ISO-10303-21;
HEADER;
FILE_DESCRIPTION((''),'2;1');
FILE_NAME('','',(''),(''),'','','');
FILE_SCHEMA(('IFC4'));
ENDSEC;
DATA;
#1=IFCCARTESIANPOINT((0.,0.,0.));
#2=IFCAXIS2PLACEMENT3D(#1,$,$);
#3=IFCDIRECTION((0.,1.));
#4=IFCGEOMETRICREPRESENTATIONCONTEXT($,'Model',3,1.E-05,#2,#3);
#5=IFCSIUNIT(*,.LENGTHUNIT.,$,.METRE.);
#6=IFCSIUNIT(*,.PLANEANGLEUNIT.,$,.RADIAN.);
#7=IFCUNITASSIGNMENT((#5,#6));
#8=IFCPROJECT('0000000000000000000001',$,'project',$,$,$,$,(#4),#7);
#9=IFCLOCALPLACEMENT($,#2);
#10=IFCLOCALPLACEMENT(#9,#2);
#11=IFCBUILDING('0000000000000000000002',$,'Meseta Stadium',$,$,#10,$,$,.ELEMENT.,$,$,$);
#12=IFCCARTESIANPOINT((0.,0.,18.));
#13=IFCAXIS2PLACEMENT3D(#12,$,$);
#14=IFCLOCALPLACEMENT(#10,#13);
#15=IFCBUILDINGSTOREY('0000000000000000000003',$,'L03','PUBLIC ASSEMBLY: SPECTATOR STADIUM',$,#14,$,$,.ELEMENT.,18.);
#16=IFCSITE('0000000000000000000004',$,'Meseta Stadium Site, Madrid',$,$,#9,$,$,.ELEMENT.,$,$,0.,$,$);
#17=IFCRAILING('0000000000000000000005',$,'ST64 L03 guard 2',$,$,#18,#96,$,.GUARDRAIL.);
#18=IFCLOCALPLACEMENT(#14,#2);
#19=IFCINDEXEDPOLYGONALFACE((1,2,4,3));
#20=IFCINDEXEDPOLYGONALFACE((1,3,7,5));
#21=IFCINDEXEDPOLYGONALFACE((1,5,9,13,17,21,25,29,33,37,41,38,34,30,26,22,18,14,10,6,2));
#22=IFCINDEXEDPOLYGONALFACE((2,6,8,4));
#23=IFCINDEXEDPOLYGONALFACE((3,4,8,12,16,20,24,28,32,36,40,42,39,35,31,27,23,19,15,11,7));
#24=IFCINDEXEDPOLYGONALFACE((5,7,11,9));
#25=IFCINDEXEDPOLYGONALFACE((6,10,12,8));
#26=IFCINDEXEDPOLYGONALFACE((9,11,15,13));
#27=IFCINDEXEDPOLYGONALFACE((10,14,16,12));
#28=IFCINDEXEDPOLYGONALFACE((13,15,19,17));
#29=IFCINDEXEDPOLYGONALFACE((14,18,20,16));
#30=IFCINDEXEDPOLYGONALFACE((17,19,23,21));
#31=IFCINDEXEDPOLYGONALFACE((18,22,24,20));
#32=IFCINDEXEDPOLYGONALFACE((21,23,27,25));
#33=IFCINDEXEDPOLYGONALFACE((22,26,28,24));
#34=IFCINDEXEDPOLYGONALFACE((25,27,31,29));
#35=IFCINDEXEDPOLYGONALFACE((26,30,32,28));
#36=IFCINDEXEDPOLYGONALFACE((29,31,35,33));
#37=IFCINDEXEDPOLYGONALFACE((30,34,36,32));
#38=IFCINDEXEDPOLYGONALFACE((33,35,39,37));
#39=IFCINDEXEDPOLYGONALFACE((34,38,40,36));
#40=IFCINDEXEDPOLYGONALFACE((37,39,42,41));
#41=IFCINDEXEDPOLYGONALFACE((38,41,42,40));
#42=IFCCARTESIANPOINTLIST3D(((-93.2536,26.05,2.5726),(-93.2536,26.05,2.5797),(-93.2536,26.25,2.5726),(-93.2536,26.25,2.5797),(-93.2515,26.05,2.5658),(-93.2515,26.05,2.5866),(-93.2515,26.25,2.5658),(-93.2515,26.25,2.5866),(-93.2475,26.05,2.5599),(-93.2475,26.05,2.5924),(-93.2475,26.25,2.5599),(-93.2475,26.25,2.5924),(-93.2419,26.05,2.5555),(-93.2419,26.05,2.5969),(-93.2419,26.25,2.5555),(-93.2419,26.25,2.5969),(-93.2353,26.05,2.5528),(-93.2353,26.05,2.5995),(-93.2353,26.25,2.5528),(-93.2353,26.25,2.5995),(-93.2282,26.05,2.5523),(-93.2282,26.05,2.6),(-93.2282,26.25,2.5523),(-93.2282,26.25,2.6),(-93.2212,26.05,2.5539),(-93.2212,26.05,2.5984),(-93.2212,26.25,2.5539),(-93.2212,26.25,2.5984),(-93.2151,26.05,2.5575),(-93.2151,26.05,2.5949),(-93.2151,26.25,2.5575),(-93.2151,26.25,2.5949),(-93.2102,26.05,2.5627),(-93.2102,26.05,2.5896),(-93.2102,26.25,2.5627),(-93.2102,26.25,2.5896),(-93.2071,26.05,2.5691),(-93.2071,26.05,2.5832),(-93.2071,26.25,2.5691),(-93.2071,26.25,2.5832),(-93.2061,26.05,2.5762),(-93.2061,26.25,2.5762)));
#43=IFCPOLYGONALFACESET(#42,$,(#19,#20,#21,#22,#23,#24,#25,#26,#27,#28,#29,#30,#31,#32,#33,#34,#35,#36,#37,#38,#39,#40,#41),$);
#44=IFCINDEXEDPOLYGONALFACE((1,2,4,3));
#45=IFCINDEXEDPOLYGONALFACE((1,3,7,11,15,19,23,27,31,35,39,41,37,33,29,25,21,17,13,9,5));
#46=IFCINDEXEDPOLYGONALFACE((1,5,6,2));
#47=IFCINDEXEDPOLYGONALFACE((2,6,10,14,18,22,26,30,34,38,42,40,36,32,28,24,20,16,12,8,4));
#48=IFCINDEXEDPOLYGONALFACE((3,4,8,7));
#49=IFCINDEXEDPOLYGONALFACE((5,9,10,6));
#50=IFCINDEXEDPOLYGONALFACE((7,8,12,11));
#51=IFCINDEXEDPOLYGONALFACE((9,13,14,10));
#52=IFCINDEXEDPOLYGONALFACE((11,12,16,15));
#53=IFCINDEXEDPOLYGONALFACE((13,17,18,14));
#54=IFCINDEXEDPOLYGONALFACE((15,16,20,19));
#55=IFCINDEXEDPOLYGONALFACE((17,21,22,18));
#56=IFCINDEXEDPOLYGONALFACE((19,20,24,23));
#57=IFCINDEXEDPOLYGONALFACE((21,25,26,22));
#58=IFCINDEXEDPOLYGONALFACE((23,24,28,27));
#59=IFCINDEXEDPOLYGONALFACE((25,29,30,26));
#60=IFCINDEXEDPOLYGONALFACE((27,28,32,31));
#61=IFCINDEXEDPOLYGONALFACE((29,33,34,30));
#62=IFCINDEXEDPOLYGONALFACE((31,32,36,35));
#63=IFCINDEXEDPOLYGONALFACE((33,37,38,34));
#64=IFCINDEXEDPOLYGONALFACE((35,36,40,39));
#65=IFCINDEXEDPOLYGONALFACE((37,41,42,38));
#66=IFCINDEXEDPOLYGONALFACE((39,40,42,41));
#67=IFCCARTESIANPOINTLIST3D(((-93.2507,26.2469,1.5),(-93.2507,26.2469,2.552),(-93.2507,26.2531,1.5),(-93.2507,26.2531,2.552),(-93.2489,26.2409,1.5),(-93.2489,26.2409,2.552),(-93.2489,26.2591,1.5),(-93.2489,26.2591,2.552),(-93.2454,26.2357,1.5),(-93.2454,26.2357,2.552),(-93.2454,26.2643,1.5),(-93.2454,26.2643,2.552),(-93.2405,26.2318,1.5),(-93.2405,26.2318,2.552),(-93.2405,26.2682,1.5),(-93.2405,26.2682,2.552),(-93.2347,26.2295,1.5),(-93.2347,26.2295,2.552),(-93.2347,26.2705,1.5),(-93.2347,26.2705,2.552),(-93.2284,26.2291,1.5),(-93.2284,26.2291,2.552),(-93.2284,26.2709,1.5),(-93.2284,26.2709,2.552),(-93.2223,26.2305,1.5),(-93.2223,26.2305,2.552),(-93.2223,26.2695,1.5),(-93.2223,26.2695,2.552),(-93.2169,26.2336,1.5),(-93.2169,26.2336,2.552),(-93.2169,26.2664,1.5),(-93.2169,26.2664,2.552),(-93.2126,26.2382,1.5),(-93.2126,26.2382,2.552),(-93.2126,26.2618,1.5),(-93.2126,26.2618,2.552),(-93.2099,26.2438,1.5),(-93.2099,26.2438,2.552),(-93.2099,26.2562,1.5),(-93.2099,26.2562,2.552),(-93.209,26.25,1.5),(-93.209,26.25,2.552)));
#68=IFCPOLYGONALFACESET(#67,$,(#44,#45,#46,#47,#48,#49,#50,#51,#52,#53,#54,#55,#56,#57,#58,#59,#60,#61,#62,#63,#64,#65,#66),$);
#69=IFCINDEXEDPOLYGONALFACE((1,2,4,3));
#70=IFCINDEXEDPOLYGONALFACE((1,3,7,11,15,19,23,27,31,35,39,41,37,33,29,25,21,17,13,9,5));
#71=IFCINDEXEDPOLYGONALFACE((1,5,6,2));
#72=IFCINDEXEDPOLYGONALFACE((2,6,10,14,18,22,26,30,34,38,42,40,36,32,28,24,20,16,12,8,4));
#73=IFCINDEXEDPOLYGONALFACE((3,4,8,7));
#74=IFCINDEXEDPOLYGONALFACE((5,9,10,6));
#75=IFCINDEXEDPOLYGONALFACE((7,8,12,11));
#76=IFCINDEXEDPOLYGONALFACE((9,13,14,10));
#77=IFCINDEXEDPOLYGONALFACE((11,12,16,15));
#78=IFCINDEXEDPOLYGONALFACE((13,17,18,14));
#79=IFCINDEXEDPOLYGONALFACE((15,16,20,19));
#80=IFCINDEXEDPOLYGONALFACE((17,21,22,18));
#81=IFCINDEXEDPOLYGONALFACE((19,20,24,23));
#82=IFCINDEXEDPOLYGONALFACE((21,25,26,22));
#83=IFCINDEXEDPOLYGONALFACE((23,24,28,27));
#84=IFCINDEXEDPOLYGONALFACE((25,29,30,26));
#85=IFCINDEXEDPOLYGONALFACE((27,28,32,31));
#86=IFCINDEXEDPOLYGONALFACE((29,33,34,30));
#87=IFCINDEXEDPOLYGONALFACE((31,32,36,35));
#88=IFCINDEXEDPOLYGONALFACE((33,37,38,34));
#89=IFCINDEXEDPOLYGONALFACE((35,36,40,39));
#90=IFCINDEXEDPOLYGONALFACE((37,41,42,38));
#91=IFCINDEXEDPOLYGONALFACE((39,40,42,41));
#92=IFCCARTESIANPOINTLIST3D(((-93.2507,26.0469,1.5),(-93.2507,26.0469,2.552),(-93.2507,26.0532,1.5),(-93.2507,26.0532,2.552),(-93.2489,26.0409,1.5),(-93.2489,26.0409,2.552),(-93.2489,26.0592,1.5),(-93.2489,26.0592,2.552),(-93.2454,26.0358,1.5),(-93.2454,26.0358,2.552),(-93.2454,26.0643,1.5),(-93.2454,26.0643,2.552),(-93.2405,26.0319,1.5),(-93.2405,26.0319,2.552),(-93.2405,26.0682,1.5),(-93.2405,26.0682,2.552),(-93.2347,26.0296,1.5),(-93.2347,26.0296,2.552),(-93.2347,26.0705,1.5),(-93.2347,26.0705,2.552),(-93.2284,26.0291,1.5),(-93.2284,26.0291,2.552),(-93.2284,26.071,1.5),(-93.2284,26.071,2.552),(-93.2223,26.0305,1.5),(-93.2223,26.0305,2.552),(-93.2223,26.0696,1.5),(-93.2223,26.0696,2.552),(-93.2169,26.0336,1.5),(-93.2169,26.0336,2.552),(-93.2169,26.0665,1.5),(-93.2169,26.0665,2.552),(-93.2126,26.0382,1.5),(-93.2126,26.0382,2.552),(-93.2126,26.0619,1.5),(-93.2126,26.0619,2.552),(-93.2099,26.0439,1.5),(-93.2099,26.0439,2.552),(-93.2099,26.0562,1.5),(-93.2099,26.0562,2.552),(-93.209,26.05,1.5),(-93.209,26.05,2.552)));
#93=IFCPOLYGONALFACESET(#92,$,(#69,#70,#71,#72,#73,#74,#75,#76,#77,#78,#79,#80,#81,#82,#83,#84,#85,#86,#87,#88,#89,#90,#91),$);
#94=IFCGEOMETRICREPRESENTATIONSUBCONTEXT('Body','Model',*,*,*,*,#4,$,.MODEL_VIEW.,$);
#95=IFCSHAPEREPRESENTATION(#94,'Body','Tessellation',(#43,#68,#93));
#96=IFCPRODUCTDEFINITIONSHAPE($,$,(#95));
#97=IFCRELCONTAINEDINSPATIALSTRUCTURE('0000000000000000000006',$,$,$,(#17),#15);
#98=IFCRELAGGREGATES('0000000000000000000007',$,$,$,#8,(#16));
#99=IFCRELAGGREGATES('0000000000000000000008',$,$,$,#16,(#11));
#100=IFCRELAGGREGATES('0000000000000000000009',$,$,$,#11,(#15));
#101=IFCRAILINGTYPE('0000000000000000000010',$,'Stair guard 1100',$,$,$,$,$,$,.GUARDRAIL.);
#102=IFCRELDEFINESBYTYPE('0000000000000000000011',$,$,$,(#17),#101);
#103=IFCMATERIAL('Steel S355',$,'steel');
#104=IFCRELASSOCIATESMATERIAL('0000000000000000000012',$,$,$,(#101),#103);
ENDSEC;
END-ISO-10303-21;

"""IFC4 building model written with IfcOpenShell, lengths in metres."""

from ifc_helpers import new_model, si_unit, direction, frame, origin, origin_2d, place, context, subcontext, project, spatial, circle, extrude, material, type_object, element, save


model = new_model("IFC4")

# Units and contexts
model_context = context("Model", 3, precision=1e-05, world=origin(), true_north=direction((0.0, 1.0)))
body_context = subcontext(model_context, "Body", "Model", "MODEL_VIEW")
ifc_project = project(units=[si_unit("LENGTHUNIT", "METRE"), si_unit("PLANEANGLEUNIT", "RADIAN")], contexts=[model_context])

# Site, building, storey
site_placement = place(None, origin())
site = spatial("IfcSite", under=ifc_project, at=site_placement, Name="Meseta Stadium Site, Madrid", CompositionType="ELEMENT", RefElevation=0.0)
building_placement = place(site_placement, origin())
building = spatial("IfcBuilding", under=site, at=building_placement, Name="Meseta Stadium", CompositionType="ELEMENT")
storey_placement = place(building_placement, frame((0.0, 0.0, 18.0)))
storey = spatial("IfcBuildingStorey", under=building, at=storey_placement, Name="L03", Description="PUBLIC ASSEMBLY: SPECTATOR STADIUM", CompositionType="ELEMENT", Elevation=18.0)

# Railing
ifc_material_1 = material(Name="Steel S355", Category="steel")
railing_type_1 = type_object("IfcRailingType", Name="Stair guard 1100", PredefinedType="GUARDRAIL", material=ifc_material_1)
for number, where, name in (
    (1, (-93.23, 26.25, 1.5), "ST64 L03 guard 2"),
):
    element("IfcRailing", number, at=place(storey_placement, frame(where)), inside=storey, type_object=railing_type_1, Name=name, PredefinedType="GUARDRAIL", context=body_context, shape_type="SweptSolid", body=[
        extrude(circle(Radius=0.0239, at=origin_2d()), frame((0.0, 0.0, 1.0762), z_axis=(0.0, -1.0, 0.0), x_axis=(1.0, 0.0, 0.0)), (0.0, 0.0, 1.0), 0.2),
        extrude(circle(Radius=0.021, at=origin_2d()), origin(), (0.0, 0.0, 1.0), 1.052),
        extrude(circle(Radius=0.021, at=origin_2d()), frame((0.0, -0.2, 0.0)), (0.0, 0.0, 1.0), 1.052),
    ])

save(model, "model.ifc")
